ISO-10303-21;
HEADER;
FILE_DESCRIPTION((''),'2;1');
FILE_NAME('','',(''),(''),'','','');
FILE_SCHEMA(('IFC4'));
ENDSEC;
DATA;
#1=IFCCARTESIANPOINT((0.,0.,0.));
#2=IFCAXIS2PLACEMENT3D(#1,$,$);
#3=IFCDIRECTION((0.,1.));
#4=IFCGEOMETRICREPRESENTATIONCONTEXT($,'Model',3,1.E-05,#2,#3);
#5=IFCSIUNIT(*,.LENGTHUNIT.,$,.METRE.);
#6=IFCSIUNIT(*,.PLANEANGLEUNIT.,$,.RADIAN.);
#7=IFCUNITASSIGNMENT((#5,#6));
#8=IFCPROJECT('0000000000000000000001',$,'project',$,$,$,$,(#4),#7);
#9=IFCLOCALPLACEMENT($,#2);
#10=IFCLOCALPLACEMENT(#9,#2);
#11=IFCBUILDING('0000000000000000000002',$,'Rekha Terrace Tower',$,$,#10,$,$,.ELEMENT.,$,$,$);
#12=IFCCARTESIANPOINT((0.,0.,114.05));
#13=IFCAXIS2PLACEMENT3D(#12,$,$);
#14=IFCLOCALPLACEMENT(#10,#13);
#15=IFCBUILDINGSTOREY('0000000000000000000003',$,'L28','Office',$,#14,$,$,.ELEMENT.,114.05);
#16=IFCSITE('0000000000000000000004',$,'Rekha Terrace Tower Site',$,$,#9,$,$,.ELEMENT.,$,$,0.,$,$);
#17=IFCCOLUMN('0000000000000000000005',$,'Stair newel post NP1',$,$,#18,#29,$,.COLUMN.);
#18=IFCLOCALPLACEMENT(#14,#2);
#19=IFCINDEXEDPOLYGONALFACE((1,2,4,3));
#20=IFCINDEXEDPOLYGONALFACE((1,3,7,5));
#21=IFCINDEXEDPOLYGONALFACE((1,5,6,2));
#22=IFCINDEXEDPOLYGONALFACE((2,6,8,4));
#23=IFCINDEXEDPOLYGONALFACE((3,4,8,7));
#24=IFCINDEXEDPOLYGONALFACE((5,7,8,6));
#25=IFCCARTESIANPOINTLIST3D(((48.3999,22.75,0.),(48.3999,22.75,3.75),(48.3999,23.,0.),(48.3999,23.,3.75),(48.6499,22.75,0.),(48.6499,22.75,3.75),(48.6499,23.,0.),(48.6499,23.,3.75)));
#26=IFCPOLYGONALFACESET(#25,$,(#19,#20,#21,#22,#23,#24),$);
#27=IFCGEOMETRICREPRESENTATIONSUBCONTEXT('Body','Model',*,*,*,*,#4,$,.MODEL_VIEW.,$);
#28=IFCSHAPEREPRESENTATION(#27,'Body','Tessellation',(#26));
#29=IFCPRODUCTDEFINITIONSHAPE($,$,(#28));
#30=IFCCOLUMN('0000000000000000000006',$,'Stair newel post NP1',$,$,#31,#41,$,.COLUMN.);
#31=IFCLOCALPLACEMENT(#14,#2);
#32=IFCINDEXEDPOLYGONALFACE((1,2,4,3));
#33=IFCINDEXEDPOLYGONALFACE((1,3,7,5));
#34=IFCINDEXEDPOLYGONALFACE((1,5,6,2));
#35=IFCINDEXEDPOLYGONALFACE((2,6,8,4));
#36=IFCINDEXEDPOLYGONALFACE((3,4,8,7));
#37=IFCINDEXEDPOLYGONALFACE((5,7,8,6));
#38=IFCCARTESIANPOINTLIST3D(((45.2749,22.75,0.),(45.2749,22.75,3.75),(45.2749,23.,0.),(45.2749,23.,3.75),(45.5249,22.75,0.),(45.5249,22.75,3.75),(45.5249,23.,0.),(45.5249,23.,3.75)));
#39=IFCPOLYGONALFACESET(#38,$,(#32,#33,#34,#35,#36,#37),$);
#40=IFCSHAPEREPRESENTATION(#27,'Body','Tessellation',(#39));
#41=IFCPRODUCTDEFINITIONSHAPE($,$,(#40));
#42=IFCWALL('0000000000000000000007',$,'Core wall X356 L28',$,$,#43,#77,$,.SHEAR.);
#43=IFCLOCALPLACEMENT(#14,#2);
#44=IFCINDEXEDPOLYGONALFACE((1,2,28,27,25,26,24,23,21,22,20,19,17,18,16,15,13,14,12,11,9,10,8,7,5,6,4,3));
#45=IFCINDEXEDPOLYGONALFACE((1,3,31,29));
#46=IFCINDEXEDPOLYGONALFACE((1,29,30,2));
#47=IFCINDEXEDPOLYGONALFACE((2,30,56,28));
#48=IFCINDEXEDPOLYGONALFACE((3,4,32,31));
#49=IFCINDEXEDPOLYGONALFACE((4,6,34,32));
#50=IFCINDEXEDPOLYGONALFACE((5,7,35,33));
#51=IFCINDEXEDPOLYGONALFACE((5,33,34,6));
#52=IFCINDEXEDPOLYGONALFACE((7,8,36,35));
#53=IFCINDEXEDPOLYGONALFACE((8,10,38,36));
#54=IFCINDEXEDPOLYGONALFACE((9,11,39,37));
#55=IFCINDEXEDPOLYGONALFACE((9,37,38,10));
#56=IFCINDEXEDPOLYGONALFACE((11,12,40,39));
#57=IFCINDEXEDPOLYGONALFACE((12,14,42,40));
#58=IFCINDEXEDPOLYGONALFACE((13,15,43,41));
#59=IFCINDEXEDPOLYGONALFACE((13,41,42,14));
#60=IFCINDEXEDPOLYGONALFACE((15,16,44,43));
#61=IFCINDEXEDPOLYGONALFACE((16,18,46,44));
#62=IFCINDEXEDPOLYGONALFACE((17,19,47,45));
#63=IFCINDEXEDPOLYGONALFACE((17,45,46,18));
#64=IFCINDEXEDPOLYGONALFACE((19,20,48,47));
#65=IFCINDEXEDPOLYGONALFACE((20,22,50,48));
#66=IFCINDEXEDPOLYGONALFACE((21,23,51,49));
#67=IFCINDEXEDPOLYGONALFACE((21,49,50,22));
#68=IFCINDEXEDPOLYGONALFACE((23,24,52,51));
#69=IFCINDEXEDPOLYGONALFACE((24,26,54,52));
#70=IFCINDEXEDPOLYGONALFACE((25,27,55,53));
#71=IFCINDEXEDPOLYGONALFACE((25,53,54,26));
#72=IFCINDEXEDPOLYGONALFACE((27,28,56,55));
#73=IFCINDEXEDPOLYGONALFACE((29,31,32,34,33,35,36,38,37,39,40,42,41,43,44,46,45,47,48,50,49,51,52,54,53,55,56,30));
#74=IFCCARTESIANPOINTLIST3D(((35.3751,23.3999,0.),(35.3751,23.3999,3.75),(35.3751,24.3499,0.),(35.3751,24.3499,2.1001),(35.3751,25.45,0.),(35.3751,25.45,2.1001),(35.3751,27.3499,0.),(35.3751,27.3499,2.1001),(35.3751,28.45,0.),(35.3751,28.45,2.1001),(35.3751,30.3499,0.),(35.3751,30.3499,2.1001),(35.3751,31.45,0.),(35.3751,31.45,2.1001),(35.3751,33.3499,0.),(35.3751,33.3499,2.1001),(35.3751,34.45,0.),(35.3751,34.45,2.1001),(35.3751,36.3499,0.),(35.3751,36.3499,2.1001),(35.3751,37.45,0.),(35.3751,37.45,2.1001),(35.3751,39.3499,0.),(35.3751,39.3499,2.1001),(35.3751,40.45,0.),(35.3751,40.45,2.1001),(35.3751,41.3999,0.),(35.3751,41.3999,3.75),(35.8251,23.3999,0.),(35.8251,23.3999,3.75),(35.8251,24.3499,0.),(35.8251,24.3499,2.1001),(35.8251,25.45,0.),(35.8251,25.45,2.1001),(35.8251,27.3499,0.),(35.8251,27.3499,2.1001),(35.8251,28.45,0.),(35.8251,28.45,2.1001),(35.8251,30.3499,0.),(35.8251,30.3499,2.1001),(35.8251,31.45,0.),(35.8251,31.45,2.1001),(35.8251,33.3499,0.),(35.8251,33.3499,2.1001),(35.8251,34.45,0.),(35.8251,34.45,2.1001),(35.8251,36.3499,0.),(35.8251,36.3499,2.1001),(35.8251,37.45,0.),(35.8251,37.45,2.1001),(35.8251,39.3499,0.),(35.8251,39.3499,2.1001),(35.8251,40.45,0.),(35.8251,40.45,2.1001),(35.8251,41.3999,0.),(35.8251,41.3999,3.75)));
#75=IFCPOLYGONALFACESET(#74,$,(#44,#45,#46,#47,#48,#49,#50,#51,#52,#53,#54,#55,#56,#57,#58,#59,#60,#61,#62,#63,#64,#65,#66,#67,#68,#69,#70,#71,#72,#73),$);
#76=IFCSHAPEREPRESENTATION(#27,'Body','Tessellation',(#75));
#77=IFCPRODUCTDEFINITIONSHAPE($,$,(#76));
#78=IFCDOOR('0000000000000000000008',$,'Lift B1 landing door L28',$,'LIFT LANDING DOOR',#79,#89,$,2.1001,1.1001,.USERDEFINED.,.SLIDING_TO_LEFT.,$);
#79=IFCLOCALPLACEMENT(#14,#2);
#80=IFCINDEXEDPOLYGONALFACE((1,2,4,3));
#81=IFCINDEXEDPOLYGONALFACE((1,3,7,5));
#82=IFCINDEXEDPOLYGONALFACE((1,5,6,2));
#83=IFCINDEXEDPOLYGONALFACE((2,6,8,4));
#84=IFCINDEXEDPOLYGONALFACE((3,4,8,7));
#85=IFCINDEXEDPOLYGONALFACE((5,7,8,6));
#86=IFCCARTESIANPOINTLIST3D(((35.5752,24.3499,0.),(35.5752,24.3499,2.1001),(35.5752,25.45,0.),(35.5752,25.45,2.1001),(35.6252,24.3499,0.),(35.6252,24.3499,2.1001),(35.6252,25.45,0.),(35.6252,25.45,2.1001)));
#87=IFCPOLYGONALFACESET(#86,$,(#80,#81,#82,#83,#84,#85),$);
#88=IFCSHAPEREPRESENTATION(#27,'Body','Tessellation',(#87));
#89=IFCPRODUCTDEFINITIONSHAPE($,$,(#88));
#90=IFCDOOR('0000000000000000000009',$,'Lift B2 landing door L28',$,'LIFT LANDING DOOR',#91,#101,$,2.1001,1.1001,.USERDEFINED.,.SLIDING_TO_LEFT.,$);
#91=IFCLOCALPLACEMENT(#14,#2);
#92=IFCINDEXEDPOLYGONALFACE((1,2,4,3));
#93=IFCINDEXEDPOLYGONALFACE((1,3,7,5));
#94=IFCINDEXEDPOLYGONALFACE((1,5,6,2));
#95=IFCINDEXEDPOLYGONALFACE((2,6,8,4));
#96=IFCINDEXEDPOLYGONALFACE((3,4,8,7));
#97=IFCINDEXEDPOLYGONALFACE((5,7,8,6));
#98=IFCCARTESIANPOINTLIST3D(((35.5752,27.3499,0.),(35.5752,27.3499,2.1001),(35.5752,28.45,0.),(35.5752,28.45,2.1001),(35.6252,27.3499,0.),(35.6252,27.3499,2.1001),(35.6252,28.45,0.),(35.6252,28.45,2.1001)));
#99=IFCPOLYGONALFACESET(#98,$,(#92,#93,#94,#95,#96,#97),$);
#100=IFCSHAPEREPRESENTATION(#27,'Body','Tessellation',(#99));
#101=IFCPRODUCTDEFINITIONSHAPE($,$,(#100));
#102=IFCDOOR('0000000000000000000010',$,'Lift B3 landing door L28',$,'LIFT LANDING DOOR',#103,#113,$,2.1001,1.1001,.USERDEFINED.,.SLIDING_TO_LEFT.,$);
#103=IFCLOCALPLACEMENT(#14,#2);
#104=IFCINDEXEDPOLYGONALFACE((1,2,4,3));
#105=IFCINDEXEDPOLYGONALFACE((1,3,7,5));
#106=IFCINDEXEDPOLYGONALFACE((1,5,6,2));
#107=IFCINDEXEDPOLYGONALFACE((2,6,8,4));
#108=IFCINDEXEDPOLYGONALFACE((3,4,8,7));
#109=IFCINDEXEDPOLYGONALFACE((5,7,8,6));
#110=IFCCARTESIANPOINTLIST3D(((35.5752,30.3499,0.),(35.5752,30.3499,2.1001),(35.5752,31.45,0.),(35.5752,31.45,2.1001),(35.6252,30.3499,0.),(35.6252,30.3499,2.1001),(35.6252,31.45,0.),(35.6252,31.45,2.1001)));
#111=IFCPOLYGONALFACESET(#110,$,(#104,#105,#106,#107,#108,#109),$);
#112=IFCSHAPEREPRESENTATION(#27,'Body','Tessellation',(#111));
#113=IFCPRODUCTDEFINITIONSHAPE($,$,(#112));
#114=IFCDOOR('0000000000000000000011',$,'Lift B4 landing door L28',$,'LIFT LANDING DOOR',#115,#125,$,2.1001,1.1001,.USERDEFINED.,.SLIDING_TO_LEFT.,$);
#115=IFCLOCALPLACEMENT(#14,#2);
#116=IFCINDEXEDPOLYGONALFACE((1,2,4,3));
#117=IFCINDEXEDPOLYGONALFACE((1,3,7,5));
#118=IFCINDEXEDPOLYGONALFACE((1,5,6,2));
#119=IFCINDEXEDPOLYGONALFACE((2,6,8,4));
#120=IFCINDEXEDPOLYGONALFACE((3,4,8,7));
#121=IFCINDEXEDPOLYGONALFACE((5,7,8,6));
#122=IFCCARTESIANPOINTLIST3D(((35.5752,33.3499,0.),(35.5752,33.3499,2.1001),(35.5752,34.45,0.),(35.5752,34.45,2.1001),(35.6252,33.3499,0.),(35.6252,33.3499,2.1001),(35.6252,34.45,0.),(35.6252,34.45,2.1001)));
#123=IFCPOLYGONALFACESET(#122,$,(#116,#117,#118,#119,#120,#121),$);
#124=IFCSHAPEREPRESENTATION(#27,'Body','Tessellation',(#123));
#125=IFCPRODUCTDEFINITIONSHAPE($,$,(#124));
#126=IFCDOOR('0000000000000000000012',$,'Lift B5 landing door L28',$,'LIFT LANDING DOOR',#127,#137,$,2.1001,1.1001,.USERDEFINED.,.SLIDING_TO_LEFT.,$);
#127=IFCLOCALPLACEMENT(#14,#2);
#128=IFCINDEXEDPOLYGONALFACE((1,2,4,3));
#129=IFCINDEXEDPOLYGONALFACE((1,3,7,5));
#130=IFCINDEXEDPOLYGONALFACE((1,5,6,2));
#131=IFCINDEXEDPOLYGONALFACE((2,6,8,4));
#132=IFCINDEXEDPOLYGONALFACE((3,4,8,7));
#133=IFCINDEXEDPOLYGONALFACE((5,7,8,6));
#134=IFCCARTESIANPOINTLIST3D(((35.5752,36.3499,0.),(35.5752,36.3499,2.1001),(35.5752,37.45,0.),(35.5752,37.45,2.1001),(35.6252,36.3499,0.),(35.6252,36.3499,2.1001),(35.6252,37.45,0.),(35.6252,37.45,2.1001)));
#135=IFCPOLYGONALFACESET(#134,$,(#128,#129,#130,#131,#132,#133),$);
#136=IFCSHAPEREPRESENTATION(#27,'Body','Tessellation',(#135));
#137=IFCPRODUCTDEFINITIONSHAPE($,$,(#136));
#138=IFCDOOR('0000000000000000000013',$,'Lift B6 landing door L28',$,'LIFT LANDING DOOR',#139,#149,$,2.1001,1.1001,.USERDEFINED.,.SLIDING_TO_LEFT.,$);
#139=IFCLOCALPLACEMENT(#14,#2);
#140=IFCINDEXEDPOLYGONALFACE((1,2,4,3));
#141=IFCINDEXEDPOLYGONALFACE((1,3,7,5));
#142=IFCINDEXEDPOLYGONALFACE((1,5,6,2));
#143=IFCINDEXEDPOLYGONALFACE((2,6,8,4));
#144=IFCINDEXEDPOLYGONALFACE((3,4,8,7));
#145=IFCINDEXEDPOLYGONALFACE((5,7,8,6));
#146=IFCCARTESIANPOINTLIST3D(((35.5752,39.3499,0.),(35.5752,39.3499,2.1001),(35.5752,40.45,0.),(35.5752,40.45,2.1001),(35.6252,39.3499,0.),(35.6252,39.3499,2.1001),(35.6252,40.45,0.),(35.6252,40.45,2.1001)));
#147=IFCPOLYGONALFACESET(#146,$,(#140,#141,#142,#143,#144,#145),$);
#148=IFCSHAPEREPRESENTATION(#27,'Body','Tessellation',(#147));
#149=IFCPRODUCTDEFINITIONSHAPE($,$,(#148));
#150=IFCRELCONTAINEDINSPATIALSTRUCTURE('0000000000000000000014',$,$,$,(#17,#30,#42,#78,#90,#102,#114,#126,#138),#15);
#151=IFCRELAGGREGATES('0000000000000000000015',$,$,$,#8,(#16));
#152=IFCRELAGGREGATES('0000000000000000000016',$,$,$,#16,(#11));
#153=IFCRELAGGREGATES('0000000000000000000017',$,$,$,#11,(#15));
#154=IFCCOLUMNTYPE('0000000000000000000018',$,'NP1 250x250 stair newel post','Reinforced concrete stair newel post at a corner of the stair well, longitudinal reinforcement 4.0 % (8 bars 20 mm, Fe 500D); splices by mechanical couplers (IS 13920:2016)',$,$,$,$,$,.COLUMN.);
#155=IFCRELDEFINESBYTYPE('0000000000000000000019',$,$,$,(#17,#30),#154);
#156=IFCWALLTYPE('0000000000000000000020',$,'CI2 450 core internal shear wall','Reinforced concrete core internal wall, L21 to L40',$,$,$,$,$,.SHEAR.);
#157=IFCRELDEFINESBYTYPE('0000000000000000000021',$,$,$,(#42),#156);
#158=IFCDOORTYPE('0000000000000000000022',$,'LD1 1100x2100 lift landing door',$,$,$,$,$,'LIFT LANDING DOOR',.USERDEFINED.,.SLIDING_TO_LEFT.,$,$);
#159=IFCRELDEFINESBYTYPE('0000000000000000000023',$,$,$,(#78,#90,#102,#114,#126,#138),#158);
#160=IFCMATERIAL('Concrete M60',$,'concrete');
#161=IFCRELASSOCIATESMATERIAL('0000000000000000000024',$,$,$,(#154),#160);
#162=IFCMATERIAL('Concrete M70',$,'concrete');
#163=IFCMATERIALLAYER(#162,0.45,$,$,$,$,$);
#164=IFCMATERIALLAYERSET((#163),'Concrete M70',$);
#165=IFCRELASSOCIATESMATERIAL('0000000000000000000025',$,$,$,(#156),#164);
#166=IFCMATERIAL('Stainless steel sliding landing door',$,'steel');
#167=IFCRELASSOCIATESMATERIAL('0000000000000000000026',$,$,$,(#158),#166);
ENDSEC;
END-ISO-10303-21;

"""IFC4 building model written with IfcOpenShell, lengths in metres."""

from ifc_helpers import new_model, si_unit, direction, frame, frame_2d, origin, origin_2d, place, context, subcontext, project, spatial, rectangle, extrude, material, layer, layer_set, material_profile, profile_set, type_object, element, fill, save


model = new_model("IFC4")

# Units and contexts
model_context = context("Model", 3, precision=1e-05, world=origin(), true_north=direction((0.0, 1.0)))
body_context = subcontext(model_context, "Body", "Model", "MODEL_VIEW")
ifc_project = project(units=[si_unit("LENGTHUNIT", "METRE"), si_unit("PLANEANGLEUNIT", "RADIAN")], contexts=[model_context])

# Site, building, storey
site_placement = place(None, origin())
site = spatial("IfcSite", under=ifc_project, at=site_placement, Name="Rekha Terrace Tower Site", CompositionType="ELEMENT", RefElevation=0.0)
building_placement = place(site_placement, origin())
building = spatial("IfcBuilding", under=site, at=building_placement, Name="Rekha Terrace Tower", CompositionType="ELEMENT")
storey_placement = place(building_placement, frame((0.0, 0.0, 114.05)))
storey = spatial("IfcBuildingStorey", under=building, at=storey_placement, Name="L28", Description="Office", CompositionType="ELEMENT", Elevation=114.05)

# Columns
ifc_material_1 = material(Name="Concrete M60", Category="concrete")
ifc_material_profile = material_profile(ifc_material_1, rectangle(XDim=0.25, YDim=0.25, at=origin_2d()), Name="RC 250x250")
ifc_profile_set = profile_set([ifc_material_profile], Name="Concrete M60")
column_type = type_object("IfcColumnType", Name="NP1 250x250 stair newel post", Description="Reinforced concrete stair newel post at a corner of the stair well, longitudinal reinforcement 4.0 % (8 bars 20 mm, Fe 500D); splices by mechanical couplers (IS 13920:2016)", PredefinedType="COLUMN", material=ifc_profile_set)
for number, where, z_axis, x_axis, name in (
    (1, (48.5249, 22.875, 0.0), (0.0, 0.0, 1.0), (1.0, 0.0, 0.0), "Stair newel post NP1"),
    (2, (45.3999, 22.875, 0.0), (0.0, 0.0, 1.0), (1.0, 0.0, 0.0), "Stair newel post NP1"),
):
    element("IfcColumn", number, at=place(storey_placement, frame(where, z_axis=z_axis, x_axis=x_axis)), inside=storey, type_object=column_type, Name=name, PredefinedType="COLUMN", context=body_context, shape_type="SweptSolid", body=[
        extrude(rectangle(XDim=0.25, YDim=0.25, at=origin_2d()), origin(), (0.0, 0.0, 1.0), 3.75),
    ])

# Wall, openings, doors
ifc_material_2 = material(Name="Concrete M70", Category="concrete")
ifc_layer_1 = layer(ifc_material_2, 0.45)
ifc_layer_set_1 = layer_set([ifc_layer_1], Name="Concrete M70")
wall_type_1 = type_object("IfcWallType", Name="CI2 450 core internal shear wall", Description="Reinforced concrete core internal wall, L21 to L40", PredefinedType="SHEAR", material=ifc_layer_set_1)
wall_1_placement = place(storey_placement, frame((35.6001, 23.3999, 0.0), z_axis=(0.0, 0.0, 1.0), x_axis=(0.0, 1.0, 0.0)))
wall_1 = element("IfcWall", 3, at=wall_1_placement, inside=storey, type_object=wall_type_1, Name="Core wall X356 L28", PredefinedType="SHEAR", context=body_context, shape_type="SweptSolid", body=[
    extrude(rectangle(XDim=18.0, YDim=0.45, at=frame_2d((9.0, 0.0))), origin(), (0.0, 0.0, 1.0), 3.75),
])
opening_1_placement = place(wall_1_placement, frame((0.95, 0.0, 0.0)))
opening_1 = element("IfcOpeningElement", 4, at=opening_1_placement, cuts=wall_1, PredefinedType="OPENING", context=body_context, shape_type="SweptSolid", body=[
    extrude(rectangle(XDim=1.1001, YDim=2.1001, at=frame_2d((0.55, 1.05))), frame((0.0, 0.2349, 0.0), z_axis=(0.0, -1.0, 0.0), x_axis=(1.0, 0.0, 0.0)), (0.0, 0.0, 1.0), 0.47),
])
opening_2_placement = place(wall_1_placement, frame((3.95, 0.0, 0.0)))
opening_2 = element("IfcOpeningElement", 5, at=opening_2_placement, cuts=wall_1, PredefinedType="OPENING", context=body_context, shape_type="SweptSolid", body=[
    extrude(rectangle(XDim=1.1001, YDim=2.1001, at=frame_2d((0.55, 1.05))), frame((0.0, 0.2349, 0.0), z_axis=(0.0, -1.0, 0.0), x_axis=(1.0, 0.0, 0.0)), (0.0, 0.0, 1.0), 0.47),
])
opening_3_placement = place(wall_1_placement, frame((6.95, 0.0, 0.0)))
opening_3 = element("IfcOpeningElement", 6, at=opening_3_placement, cuts=wall_1, PredefinedType="OPENING", context=body_context, shape_type="SweptSolid", body=[
    extrude(rectangle(XDim=1.1001, YDim=2.1001, at=frame_2d((0.55, 1.05))), frame((0.0, 0.2349, 0.0), z_axis=(0.0, -1.0, 0.0), x_axis=(1.0, 0.0, 0.0)), (0.0, 0.0, 1.0), 0.47),
])
opening_4_placement = place(wall_1_placement, frame((9.95, 0.0, 0.0)))
opening_4 = element("IfcOpeningElement", 7, at=opening_4_placement, cuts=wall_1, PredefinedType="OPENING", context=body_context, shape_type="SweptSolid", body=[
    extrude(rectangle(XDim=1.1001, YDim=2.1001, at=frame_2d((0.55, 1.05))), frame((0.0, 0.2349, 0.0), z_axis=(0.0, -1.0, 0.0), x_axis=(1.0, 0.0, 0.0)), (0.0, 0.0, 1.0), 0.47),
])
opening_5_placement = place(wall_1_placement, frame((12.95, 0.0, 0.0)))
opening_5 = element("IfcOpeningElement", 8, at=opening_5_placement, cuts=wall_1, PredefinedType="OPENING", context=body_context, shape_type="SweptSolid", body=[
    extrude(rectangle(XDim=1.1001, YDim=2.1001, at=frame_2d((0.55, 1.05))), frame((0.0, 0.2349, 0.0), z_axis=(0.0, -1.0, 0.0), x_axis=(1.0, 0.0, 0.0)), (0.0, 0.0, 1.0), 0.47),
])
opening_6_placement = place(wall_1_placement, frame((15.95, 0.0, 0.0)))
opening_6 = element("IfcOpeningElement", 9, at=opening_6_placement, cuts=wall_1, PredefinedType="OPENING", context=body_context, shape_type="SweptSolid", body=[
    extrude(rectangle(XDim=1.1001, YDim=2.1001, at=frame_2d((0.55, 1.05))), frame((0.0, 0.2349, 0.0), z_axis=(0.0, -1.0, 0.0), x_axis=(1.0, 0.0, 0.0)), (0.0, 0.0, 1.0), 0.47),
])
ifc_material_3 = material(Name="Stainless steel sliding landing door", Category="steel")
door_type_1 = type_object("IfcDoorType", Name="LD1 1100x2100 lift landing door", ElementType="LIFT LANDING DOOR", OperationType="SLIDING_TO_LEFT", PredefinedType="USERDEFINED", material=ifc_material_3)
door_1_placement = place(opening_1_placement, origin())
door_1 = element("IfcDoor", 10, at=door_1_placement, inside=storey, type_object=door_type_1, Name="Lift B1 landing door L28", ObjectType="LIFT LANDING DOOR", OperationType="SLIDING_TO_LEFT", OverallHeight=2.1001, OverallWidth=1.1001, PredefinedType="USERDEFINED", context=body_context, shape_type="SweptSolid", body=[
    extrude(rectangle(XDim=1.1001, YDim=2.1001, at=frame_2d((0.55, 1.05))), frame((0.0, 0.0249, 0.0), z_axis=(0.0, -1.0, 0.0), x_axis=(1.0, 0.0, 0.0)), (0.0, 0.0, 1.0), 0.05),
])
fill(opening_1, door_1)
door_2_placement = place(opening_2_placement, origin())
door_2 = element("IfcDoor", 11, at=door_2_placement, inside=storey, type_object=door_type_1, Name="Lift B2 landing door L28", ObjectType="LIFT LANDING DOOR", OperationType="SLIDING_TO_LEFT", OverallHeight=2.1001, OverallWidth=1.1001, PredefinedType="USERDEFINED", context=body_context, shape_type="SweptSolid", body=[
    extrude(rectangle(XDim=1.1001, YDim=2.1001, at=frame_2d((0.55, 1.05))), frame((0.0, 0.0249, 0.0), z_axis=(0.0, -1.0, 0.0), x_axis=(1.0, 0.0, 0.0)), (0.0, 0.0, 1.0), 0.05),
])
fill(opening_2, door_2)
door_3_placement = place(opening_3_placement, origin())
door_3 = element("IfcDoor", 12, at=door_3_placement, inside=storey, type_object=door_type_1, Name="Lift B3 landing door L28", ObjectType="LIFT LANDING DOOR", OperationType="SLIDING_TO_LEFT", OverallHeight=2.1001, OverallWidth=1.1001, PredefinedType="USERDEFINED", context=body_context, shape_type="SweptSolid", body=[
    extrude(rectangle(XDim=1.1001, YDim=2.1001, at=frame_2d((0.55, 1.05))), frame((0.0, 0.0249, 0.0), z_axis=(0.0, -1.0, 0.0), x_axis=(1.0, 0.0, 0.0)), (0.0, 0.0, 1.0), 0.05),
])
fill(opening_3, door_3)
door_4_placement = place(opening_4_placement, origin())
door_4 = element("IfcDoor", 13, at=door_4_placement, inside=storey, type_object=door_type_1, Name="Lift B4 landing door L28", ObjectType="LIFT LANDING DOOR", OperationType="SLIDING_TO_LEFT", OverallHeight=2.1001, OverallWidth=1.1001, PredefinedType="USERDEFINED", context=body_context, shape_type="SweptSolid", body=[
    extrude(rectangle(XDim=1.1001, YDim=2.1001, at=frame_2d((0.55, 1.05))), frame((0.0, 0.0249, 0.0), z_axis=(0.0, -1.0, 0.0), x_axis=(1.0, 0.0, 0.0)), (0.0, 0.0, 1.0), 0.05),
])
fill(opening_4, door_4)
door_5_placement = place(opening_5_placement, origin())
door_5 = element("IfcDoor", 14, at=door_5_placement, inside=storey, type_object=door_type_1, Name="Lift B5 landing door L28", ObjectType="LIFT LANDING DOOR", OperationType="SLIDING_TO_LEFT", OverallHeight=2.1001, OverallWidth=1.1001, PredefinedType="USERDEFINED", context=body_context, shape_type="SweptSolid", body=[
    extrude(rectangle(XDim=1.1001, YDim=2.1001, at=frame_2d((0.55, 1.05))), frame((0.0, 0.0249, 0.0), z_axis=(0.0, -1.0, 0.0), x_axis=(1.0, 0.0, 0.0)), (0.0, 0.0, 1.0), 0.05),
])
fill(opening_5, door_5)
door_6_placement = place(opening_6_placement, origin())
door_6 = element("IfcDoor", 15, at=door_6_placement, inside=storey, type_object=door_type_1, Name="Lift B6 landing door L28", ObjectType="LIFT LANDING DOOR", OperationType="SLIDING_TO_LEFT", OverallHeight=2.1001, OverallWidth=1.1001, PredefinedType="USERDEFINED", context=body_context, shape_type="SweptSolid", body=[
    extrude(rectangle(XDim=1.1001, YDim=2.1001, at=frame_2d((0.55, 1.05))), frame((0.0, 0.0249, 0.0), z_axis=(0.0, -1.0, 0.0), x_axis=(1.0, 0.0, 0.0)), (0.0, 0.0, 1.0), 0.05),
])
fill(opening_6, door_6)

save(model, "model.ifc")
